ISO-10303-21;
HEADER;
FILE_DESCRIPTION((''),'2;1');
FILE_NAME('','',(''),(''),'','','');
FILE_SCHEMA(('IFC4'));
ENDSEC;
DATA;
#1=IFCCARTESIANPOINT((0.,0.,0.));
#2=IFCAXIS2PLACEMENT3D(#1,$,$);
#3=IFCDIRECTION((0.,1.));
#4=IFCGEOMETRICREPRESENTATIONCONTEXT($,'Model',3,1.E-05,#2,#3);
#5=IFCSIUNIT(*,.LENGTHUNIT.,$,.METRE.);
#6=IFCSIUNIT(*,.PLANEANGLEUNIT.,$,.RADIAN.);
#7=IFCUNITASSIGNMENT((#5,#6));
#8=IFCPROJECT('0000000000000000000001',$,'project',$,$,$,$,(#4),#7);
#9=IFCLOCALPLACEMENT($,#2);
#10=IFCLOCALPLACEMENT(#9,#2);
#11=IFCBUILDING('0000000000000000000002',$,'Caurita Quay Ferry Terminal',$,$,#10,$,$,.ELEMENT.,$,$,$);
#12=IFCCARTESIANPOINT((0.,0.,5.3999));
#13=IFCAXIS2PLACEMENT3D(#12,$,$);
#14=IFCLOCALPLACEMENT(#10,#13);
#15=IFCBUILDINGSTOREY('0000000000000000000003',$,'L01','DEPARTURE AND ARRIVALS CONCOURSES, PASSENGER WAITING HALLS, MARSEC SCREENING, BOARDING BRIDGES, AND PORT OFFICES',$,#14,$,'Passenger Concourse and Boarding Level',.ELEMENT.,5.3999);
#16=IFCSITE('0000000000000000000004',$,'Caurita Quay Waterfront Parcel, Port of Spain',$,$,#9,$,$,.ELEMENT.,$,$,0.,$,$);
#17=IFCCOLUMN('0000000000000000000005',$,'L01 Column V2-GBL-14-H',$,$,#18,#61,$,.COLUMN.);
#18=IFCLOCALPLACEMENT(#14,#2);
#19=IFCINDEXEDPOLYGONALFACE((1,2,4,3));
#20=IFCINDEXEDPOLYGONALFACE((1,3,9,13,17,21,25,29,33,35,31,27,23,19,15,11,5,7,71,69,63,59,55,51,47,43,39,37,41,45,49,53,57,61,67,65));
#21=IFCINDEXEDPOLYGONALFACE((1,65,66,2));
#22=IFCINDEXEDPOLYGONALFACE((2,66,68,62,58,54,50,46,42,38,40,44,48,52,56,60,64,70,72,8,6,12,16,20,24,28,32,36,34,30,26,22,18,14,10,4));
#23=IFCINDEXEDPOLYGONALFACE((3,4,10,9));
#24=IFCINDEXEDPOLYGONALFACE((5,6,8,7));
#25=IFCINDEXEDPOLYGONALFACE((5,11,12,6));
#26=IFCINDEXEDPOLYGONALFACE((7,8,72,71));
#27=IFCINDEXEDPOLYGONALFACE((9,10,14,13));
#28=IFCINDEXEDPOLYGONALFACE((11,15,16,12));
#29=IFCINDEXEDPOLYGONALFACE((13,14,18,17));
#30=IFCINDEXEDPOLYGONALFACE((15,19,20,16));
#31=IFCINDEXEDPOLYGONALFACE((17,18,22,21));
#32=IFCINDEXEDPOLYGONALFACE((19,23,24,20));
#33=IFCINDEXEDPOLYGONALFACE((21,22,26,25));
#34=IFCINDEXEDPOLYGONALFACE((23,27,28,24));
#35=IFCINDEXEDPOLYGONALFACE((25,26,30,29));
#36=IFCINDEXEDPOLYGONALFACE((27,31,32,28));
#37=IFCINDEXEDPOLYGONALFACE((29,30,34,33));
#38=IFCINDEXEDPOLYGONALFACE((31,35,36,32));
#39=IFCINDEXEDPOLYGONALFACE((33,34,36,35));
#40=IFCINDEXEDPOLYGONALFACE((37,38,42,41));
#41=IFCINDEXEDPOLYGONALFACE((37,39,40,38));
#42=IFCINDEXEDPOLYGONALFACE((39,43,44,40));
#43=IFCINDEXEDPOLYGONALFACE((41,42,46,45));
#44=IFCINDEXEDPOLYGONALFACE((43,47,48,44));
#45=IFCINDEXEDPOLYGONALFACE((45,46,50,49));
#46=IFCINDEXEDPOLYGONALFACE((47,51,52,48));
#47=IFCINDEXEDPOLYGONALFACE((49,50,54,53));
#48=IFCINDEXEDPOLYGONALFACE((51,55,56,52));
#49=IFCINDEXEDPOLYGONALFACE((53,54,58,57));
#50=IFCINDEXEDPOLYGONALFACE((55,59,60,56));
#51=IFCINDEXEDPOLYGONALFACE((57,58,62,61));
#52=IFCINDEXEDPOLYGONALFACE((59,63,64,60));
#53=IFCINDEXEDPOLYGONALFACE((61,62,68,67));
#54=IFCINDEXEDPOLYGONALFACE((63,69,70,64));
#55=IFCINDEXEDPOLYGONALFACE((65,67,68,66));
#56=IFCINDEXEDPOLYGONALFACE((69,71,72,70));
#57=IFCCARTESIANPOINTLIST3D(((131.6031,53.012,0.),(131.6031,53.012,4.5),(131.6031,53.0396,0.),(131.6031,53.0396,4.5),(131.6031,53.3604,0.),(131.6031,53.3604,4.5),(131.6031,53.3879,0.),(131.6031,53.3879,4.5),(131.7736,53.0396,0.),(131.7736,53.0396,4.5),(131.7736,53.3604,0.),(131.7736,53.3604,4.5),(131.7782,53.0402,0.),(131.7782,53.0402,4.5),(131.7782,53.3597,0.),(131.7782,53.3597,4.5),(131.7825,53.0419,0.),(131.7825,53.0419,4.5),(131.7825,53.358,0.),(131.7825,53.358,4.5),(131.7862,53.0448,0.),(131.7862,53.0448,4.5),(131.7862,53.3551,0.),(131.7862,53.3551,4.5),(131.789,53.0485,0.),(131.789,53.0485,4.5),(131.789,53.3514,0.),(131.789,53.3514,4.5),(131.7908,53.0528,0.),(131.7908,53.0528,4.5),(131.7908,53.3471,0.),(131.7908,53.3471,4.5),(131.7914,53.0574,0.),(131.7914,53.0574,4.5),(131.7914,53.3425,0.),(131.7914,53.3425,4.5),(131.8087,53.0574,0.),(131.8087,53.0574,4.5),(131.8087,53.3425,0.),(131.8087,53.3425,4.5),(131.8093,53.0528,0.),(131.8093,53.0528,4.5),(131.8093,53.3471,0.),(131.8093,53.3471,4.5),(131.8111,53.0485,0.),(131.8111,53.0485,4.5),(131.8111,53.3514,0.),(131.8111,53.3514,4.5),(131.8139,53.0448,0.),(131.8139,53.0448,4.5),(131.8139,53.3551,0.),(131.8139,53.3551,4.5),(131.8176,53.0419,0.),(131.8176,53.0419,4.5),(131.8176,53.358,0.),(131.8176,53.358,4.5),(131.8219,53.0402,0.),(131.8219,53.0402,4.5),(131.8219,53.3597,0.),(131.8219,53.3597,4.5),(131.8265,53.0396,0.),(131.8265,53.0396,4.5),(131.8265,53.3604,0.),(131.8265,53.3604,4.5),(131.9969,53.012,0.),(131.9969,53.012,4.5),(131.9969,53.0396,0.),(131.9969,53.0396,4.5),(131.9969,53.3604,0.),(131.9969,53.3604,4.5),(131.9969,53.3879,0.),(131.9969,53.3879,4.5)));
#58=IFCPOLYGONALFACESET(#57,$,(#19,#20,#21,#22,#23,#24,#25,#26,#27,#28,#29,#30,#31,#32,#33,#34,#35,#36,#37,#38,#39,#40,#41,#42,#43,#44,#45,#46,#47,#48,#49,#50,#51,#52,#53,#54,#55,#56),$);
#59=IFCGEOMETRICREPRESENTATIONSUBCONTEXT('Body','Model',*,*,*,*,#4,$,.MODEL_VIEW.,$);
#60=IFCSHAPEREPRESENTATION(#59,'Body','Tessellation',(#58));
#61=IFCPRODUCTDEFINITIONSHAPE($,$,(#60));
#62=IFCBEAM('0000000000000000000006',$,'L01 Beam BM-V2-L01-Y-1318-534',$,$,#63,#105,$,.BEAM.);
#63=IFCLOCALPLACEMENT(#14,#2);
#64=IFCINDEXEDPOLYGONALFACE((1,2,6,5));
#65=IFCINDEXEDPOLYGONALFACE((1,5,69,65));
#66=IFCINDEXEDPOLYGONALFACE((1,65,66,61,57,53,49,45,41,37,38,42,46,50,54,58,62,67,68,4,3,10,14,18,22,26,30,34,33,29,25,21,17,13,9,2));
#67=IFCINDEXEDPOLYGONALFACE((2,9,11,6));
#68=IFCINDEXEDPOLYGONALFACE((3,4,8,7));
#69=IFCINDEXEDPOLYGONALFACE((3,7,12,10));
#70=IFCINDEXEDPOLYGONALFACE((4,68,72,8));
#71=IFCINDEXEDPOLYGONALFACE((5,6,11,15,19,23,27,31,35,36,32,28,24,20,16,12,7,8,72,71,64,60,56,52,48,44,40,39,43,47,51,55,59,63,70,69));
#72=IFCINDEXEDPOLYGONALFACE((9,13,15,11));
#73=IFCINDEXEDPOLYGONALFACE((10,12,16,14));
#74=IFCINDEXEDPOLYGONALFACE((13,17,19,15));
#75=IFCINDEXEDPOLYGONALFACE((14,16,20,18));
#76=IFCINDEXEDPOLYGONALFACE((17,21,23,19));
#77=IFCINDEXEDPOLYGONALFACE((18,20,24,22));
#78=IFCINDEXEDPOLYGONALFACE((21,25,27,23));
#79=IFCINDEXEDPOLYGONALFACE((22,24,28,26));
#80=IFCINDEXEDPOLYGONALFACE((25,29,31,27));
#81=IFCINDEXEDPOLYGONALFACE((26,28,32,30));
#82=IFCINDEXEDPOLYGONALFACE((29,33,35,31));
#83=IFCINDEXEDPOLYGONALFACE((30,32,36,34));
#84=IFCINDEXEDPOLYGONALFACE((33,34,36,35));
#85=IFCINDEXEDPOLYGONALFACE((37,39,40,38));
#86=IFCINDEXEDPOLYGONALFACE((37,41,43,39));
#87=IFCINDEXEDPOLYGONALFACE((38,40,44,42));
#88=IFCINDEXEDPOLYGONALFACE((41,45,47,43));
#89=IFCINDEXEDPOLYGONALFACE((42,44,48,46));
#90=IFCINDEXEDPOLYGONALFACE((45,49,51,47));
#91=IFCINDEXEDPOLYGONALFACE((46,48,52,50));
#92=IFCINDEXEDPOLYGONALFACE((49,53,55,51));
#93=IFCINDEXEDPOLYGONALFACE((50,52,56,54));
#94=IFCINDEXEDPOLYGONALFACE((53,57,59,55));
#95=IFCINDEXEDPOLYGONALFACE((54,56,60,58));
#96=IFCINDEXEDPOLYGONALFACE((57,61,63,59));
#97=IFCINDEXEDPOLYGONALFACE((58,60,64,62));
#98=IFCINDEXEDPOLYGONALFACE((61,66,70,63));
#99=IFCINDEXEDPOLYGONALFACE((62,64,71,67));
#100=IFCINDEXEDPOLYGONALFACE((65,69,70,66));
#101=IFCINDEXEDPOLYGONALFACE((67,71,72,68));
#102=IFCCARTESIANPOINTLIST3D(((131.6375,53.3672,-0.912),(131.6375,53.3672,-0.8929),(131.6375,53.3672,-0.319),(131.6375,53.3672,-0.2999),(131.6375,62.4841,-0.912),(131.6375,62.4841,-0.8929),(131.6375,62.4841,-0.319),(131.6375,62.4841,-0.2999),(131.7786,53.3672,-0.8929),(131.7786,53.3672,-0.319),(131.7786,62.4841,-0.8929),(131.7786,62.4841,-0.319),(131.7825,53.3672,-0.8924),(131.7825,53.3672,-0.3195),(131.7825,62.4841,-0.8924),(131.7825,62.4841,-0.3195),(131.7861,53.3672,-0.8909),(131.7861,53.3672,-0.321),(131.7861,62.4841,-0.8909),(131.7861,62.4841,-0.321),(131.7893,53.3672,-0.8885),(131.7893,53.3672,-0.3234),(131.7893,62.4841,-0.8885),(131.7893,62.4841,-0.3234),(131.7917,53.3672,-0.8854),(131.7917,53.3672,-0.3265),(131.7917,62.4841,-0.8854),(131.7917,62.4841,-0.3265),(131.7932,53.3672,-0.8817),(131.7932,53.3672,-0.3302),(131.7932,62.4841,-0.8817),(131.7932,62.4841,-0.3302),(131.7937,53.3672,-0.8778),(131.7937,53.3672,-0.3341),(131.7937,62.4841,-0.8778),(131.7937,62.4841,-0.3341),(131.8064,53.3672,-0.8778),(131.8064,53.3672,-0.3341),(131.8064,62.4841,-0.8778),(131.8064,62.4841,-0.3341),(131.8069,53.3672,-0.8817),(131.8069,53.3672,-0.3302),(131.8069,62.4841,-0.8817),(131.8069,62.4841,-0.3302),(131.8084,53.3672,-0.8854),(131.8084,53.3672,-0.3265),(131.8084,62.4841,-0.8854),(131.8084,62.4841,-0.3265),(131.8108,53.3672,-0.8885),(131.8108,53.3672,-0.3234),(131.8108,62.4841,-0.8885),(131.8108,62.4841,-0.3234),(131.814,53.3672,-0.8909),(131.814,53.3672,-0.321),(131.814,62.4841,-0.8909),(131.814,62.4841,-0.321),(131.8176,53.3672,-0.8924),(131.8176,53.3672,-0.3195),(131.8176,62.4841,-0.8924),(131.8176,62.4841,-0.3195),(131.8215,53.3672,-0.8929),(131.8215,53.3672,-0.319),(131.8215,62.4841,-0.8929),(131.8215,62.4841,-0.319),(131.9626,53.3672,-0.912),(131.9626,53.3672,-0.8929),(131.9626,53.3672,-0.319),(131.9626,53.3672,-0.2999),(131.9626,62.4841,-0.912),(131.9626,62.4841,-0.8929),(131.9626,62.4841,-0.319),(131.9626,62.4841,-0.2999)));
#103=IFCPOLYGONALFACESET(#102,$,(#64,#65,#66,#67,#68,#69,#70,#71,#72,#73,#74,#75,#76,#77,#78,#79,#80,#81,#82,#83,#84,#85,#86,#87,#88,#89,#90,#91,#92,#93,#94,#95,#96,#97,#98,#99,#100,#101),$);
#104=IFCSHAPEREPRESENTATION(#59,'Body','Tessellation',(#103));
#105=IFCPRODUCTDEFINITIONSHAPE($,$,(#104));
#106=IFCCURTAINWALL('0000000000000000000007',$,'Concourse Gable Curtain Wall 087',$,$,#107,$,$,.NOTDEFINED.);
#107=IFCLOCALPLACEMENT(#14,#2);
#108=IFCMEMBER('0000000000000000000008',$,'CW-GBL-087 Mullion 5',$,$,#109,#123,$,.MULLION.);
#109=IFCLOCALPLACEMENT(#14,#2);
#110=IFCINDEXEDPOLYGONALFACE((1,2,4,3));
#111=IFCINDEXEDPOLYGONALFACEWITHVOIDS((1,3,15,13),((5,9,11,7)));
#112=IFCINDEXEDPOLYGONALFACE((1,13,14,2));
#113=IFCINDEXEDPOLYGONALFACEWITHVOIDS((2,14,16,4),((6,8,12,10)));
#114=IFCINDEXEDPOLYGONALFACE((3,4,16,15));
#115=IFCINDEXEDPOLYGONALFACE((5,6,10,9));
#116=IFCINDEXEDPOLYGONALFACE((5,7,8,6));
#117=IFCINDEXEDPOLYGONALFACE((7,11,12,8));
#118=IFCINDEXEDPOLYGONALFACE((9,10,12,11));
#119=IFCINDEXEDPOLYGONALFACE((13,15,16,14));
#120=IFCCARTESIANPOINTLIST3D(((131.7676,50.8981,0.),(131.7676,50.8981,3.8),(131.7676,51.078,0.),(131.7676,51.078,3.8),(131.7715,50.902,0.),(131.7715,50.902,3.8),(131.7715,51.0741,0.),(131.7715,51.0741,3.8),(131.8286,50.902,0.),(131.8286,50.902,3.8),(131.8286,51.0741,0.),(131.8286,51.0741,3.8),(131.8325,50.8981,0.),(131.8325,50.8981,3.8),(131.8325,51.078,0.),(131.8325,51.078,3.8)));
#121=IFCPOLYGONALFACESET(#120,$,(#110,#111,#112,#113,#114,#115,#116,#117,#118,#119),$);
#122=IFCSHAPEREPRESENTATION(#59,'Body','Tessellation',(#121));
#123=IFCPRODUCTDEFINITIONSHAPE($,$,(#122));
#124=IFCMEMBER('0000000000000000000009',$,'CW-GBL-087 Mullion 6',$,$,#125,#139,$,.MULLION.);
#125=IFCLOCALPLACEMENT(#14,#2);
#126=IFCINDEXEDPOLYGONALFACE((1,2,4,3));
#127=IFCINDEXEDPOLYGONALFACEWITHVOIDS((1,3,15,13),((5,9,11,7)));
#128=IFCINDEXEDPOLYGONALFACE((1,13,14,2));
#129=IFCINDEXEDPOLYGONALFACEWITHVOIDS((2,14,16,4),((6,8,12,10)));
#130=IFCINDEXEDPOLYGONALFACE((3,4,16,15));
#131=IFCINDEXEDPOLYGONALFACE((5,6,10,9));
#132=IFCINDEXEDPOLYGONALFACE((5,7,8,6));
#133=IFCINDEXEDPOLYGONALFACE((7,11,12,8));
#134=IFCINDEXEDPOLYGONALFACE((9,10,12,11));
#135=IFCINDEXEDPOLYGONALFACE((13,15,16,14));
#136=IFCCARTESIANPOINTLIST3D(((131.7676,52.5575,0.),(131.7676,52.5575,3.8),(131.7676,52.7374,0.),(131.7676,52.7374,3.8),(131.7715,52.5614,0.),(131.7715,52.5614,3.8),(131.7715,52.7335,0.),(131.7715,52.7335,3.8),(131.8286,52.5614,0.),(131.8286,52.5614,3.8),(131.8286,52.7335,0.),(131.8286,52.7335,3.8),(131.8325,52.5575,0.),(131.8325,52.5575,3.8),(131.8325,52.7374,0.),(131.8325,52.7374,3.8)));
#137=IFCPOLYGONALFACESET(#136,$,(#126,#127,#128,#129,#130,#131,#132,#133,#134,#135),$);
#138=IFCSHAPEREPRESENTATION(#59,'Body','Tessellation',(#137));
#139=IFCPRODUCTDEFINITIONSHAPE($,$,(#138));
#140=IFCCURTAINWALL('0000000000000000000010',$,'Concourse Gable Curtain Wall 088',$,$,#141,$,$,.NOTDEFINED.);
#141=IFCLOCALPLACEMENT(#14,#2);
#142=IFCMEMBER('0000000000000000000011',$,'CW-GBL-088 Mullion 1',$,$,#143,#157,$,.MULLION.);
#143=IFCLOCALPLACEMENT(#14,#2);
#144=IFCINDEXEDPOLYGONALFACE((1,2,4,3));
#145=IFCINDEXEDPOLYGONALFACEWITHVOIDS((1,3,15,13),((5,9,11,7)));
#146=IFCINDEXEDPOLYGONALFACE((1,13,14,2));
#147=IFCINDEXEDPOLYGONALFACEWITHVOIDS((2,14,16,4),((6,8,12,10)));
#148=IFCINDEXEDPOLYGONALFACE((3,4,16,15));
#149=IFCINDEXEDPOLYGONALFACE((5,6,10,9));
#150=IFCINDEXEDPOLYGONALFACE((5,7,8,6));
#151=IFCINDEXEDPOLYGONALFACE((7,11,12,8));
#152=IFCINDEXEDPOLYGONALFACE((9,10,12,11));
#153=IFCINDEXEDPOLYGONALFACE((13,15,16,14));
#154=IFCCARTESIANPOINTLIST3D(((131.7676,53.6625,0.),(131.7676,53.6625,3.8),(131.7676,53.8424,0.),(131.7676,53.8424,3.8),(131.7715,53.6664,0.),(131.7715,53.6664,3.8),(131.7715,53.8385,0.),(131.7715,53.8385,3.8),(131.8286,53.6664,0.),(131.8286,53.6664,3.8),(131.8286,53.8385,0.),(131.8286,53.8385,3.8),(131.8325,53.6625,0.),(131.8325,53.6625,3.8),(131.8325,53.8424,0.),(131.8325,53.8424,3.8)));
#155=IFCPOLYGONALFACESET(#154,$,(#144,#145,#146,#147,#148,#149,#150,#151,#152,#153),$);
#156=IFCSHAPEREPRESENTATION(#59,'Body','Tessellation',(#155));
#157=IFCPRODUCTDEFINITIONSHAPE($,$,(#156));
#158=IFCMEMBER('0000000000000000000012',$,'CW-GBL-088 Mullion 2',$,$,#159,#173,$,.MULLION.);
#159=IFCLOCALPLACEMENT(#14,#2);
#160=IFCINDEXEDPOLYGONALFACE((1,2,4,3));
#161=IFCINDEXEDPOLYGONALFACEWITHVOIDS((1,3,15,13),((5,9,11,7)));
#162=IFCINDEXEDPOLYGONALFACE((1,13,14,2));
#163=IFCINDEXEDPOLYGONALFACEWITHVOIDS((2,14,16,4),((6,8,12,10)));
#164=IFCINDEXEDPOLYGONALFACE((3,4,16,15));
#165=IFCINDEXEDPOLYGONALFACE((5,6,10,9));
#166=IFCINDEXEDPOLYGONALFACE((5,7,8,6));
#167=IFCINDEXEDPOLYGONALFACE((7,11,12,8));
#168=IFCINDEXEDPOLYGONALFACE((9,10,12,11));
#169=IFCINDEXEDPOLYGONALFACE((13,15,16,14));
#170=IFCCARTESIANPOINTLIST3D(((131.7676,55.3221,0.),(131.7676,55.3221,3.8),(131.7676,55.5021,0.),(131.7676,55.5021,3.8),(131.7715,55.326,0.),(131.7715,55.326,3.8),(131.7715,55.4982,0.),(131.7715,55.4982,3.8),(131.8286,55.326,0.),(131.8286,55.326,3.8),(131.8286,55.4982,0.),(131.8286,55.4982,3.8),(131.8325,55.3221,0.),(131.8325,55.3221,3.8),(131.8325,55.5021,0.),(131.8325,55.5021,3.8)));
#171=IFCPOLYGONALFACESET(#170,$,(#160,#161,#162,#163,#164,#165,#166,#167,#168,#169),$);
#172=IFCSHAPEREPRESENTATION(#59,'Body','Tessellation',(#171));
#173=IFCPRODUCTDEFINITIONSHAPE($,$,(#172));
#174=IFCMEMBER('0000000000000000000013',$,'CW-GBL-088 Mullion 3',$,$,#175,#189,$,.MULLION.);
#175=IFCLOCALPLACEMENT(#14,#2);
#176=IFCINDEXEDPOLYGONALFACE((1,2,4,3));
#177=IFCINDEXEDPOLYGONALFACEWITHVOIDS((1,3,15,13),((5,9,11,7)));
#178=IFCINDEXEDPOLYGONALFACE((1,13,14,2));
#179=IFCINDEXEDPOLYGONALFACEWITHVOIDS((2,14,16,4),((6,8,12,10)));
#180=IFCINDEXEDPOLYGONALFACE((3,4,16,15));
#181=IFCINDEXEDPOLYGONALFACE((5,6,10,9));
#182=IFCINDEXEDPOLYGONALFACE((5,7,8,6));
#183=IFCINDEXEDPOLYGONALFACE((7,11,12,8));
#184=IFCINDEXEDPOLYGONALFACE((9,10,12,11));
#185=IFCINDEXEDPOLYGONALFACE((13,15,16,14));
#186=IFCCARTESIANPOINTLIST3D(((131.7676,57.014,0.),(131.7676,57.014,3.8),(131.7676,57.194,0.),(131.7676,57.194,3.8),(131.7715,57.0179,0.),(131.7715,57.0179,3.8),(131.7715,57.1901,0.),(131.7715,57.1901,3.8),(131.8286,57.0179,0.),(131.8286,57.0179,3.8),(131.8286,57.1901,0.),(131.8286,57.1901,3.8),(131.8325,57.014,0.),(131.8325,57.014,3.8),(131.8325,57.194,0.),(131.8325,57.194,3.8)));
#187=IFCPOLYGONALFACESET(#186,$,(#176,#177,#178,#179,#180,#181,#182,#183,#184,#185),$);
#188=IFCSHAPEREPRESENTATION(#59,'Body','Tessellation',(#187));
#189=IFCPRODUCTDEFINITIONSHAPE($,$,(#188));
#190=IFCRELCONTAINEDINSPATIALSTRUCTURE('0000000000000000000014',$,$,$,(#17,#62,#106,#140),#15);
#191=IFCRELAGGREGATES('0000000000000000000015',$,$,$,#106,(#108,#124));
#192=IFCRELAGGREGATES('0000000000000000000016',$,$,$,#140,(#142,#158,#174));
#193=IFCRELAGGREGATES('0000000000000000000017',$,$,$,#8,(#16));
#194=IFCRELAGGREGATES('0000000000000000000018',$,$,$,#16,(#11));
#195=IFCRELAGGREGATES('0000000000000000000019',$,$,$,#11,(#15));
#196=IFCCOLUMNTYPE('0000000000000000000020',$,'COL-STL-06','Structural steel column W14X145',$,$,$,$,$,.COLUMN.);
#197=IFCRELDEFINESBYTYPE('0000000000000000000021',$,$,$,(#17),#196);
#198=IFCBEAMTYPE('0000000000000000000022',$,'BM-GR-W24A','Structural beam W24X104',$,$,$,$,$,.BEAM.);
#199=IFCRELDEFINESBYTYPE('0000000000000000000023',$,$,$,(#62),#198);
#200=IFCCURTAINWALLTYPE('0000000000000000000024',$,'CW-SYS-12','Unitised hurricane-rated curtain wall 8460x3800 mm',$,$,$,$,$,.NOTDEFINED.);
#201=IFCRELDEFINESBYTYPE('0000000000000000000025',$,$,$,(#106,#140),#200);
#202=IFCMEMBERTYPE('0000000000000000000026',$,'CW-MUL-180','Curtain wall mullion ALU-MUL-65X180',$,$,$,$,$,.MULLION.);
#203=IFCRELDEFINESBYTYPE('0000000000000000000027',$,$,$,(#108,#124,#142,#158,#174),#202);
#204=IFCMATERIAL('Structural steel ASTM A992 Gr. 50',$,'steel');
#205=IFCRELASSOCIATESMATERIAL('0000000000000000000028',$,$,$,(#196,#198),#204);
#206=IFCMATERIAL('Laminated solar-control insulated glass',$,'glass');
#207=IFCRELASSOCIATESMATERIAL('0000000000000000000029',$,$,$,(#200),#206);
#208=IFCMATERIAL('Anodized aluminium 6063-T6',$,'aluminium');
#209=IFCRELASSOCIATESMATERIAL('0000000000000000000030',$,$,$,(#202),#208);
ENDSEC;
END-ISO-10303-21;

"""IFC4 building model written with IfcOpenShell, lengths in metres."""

from ifc_helpers import new_model, si_unit, direction, frame, origin, origin_2d, place, context, subcontext, project, spatial, hollow_rectangle, i_section, extrude, material, material_profile, profile_set, type_object, element, aggregate, save


model = new_model("IFC4")

# Units and contexts
model_context = context("Model", 3, precision=1e-05, world=origin(), true_north=direction((0.0, 1.0)))
body_context = subcontext(model_context, "Body", "Model", "MODEL_VIEW")
ifc_project = project(units=[si_unit("LENGTHUNIT", "METRE"), si_unit("PLANEANGLEUNIT", "RADIAN")], contexts=[model_context])

# Site, building, storey
site_placement = place(None, origin())
site = spatial("IfcSite", under=ifc_project, at=site_placement, Name="Caurita Quay Waterfront Parcel, Port of Spain", CompositionType="ELEMENT", RefElevation=0.0)
building_placement = place(site_placement, origin())
building = spatial("IfcBuilding", under=site, at=building_placement, Name="Caurita Quay Ferry Terminal", CompositionType="ELEMENT")
storey_placement = place(building_placement, frame((0.0, 0.0, 5.3999)))
storey = spatial("IfcBuildingStorey", under=building, at=storey_placement, Name="L01", Description="DEPARTURE AND ARRIVALS CONCOURSES, PASSENGER WAITING HALLS, MARSEC SCREENING, BOARDING BRIDGES, AND PORT OFFICES", LongName="Passenger Concourse and Boarding Level", CompositionType="ELEMENT", Elevation=5.3999)

# Column
ifc_material_1 = material(Name="Structural steel ASTM A992 Gr. 50", Category="steel")
ifc_material_profile_1 = material_profile(ifc_material_1, i_section(OverallWidth=0.3938, OverallDepth=0.376, WebThickness=0.0173, FlangeThickness=0.0276, FilletRadius=0.0178, at=origin_2d()), Name="W14X145")
ifc_profile_set_1 = profile_set([ifc_material_profile_1], Name="Structural steel ASTM A992 Gr. 50")
column_type = type_object("IfcColumnType", Name="COL-STL-06", Description="Structural steel column W14X145", PredefinedType="COLUMN", material=ifc_profile_set_1)
column_placement = place(storey_placement, frame((131.8, 53.2, 0.0), z_axis=(0.0, 0.0, 1.0), x_axis=(1.0, 0.0, 0.0)))
element("IfcColumn", 1, at=column_placement, inside=storey, type_object=column_type, Name="L01 Column V2-GBL-14-H", PredefinedType="COLUMN", context=body_context, shape_type="SweptSolid", body=[
    extrude(i_section(OverallWidth=0.3938, OverallDepth=0.376, WebThickness=0.0173, FlangeThickness=0.0276, FilletRadius=0.0178, at=origin_2d()), origin(), (0.0, 0.0, 1.0), 4.5),
])

# Beam
ifc_material_profile_2 = material_profile(ifc_material_1, i_section(OverallWidth=0.3252, OverallDepth=0.6121, WebThickness=0.0127, FlangeThickness=0.019, FilletRadius=0.0151, at=origin_2d()), Name="W24X104")
ifc_profile_set_2 = profile_set([ifc_material_profile_2], Name="Structural steel ASTM A992 Gr. 50")
beam_type = type_object("IfcBeamType", Name="BM-GR-W24A", Description="Structural beam W24X104", PredefinedType="BEAM", material=ifc_profile_set_2)
beam_placement = place(storey_placement, frame((131.8, 53.3672, -0.606), z_axis=(0.0, 1.0, 0.0), x_axis=(-1.0, 0.0, 0.0)))
element("IfcBeam", 2, at=beam_placement, inside=storey, type_object=beam_type, Name="L01 Beam BM-V2-L01-Y-1318-534", PredefinedType="BEAM", context=body_context, shape_type="SweptSolid", body=[
    extrude(i_section(OverallWidth=0.3252, OverallDepth=0.6121, WebThickness=0.0127, FlangeThickness=0.019, FilletRadius=0.0151, at=origin_2d()), origin(), (0.0, 0.0, 1.0), 9.1169),
])

# Curtain walls, members
ifc_material_2 = material(Name="Laminated solar-control insulated glass", Category="glass")
curtain_wall_type = type_object("IfcCurtainWallType", Name="CW-SYS-12", Description="Unitised hurricane-rated curtain wall 8460x3800 mm", PredefinedType="NOTDEFINED", material=ifc_material_2)
curtain_wall_1_placement = place(storey_placement, origin())
curtain_wall_1 = element("IfcCurtainWall", 3, at=curtain_wall_1_placement, inside=storey, type_object=curtain_wall_type, Name="Concourse Gable Curtain Wall 087", PredefinedType="NOTDEFINED")
ifc_material_3 = material(Name="Anodized aluminium 6063-T6", Category="aluminium")
ifc_material_profile_3 = material_profile(ifc_material_3, hollow_rectangle(XDim=0.0649, YDim=0.1799, WallThickness=0.0039, at=origin_2d()), Name="ALU-MUL-65X180")
ifc_profile_set_3 = profile_set([ifc_material_profile_3], Name="Anodized aluminium 6063-T6")
member_type_1 = type_object("IfcMemberType", Name="CW-MUL-180", Description="Curtain wall mullion ALU-MUL-65X180", PredefinedType="MULLION", material=ifc_profile_set_3)
member_1_placement = place(storey_placement, frame((131.8, 50.988, 0.0), z_axis=(0.0, 0.0, 1.0), x_axis=(-1.0, 0.0, 0.0)))
member_1 = element("IfcMember", 4, at=member_1_placement, type_object=member_type_1, Name="CW-GBL-087 Mullion 5", PredefinedType="MULLION", context=body_context, shape_type="SweptSolid", body=[
    extrude(hollow_rectangle(XDim=0.0649, YDim=0.1799, WallThickness=0.0039, at=origin_2d()), origin(), (0.0, 0.0, 1.0), 3.8),
])
member_2_placement = place(storey_placement, frame((131.8, 52.6475, 0.0), z_axis=(0.0, 0.0, 1.0), x_axis=(-1.0, 0.0, 0.0)))
member_2 = element("IfcMember", 5, at=member_2_placement, type_object=member_type_1, Name="CW-GBL-087 Mullion 6", PredefinedType="MULLION", context=body_context, shape_type="SweptSolid", body=[
    extrude(hollow_rectangle(XDim=0.0649, YDim=0.1799, WallThickness=0.0039, at=origin_2d()), origin(), (0.0, 0.0, 1.0), 3.8),
])
curtain_wall_2_placement = place(storey_placement, origin())
curtain_wall_2 = element("IfcCurtainWall", 6, at=curtain_wall_2_placement, inside=storey, type_object=curtain_wall_type, Name="Concourse Gable Curtain Wall 088", PredefinedType="NOTDEFINED")
member_3_placement = place(storey_placement, frame((131.8, 53.7524, 0.0), z_axis=(0.0, 0.0, 1.0), x_axis=(-1.0, 0.0, 0.0)))
member_3 = element("IfcMember", 7, at=member_3_placement, type_object=member_type_1, Name="CW-GBL-088 Mullion 1", PredefinedType="MULLION", context=body_context, shape_type="SweptSolid", body=[
    extrude(hollow_rectangle(XDim=0.0649, YDim=0.1799, WallThickness=0.0039, at=origin_2d()), origin(), (0.0, 0.0, 1.0), 3.8),
])
member_4_placement = place(storey_placement, frame((131.8, 55.4121, 0.0), z_axis=(0.0, 0.0, 1.0), x_axis=(-1.0, 0.0, 0.0)))
member_4 = element("IfcMember", 8, at=member_4_placement, type_object=member_type_1, Name="CW-GBL-088 Mullion 2", PredefinedType="MULLION", context=body_context, shape_type="SweptSolid", body=[
    extrude(hollow_rectangle(XDim=0.0649, YDim=0.1799, WallThickness=0.0039, at=origin_2d()), origin(), (0.0, 0.0, 1.0), 3.8),
])
member_5_placement = place(storey_placement, frame((131.8, 57.104, 0.0), z_axis=(0.0, 0.0, 1.0), x_axis=(-1.0, 0.0, 0.0)))
member_5 = element("IfcMember", 9, at=member_5_placement, type_object=member_type_1, Name="CW-GBL-088 Mullion 3", PredefinedType="MULLION", context=body_context, shape_type="SweptSolid", body=[
    extrude(hollow_rectangle(XDim=0.0649, YDim=0.1799, WallThickness=0.0039, at=origin_2d()), origin(), (0.0, 0.0, 1.0), 3.8),
])

aggregate(curtain_wall_1, [member_1, member_2])
aggregate(curtain_wall_2, [member_3, member_4, member_5])

save(model, "model.ifc")
